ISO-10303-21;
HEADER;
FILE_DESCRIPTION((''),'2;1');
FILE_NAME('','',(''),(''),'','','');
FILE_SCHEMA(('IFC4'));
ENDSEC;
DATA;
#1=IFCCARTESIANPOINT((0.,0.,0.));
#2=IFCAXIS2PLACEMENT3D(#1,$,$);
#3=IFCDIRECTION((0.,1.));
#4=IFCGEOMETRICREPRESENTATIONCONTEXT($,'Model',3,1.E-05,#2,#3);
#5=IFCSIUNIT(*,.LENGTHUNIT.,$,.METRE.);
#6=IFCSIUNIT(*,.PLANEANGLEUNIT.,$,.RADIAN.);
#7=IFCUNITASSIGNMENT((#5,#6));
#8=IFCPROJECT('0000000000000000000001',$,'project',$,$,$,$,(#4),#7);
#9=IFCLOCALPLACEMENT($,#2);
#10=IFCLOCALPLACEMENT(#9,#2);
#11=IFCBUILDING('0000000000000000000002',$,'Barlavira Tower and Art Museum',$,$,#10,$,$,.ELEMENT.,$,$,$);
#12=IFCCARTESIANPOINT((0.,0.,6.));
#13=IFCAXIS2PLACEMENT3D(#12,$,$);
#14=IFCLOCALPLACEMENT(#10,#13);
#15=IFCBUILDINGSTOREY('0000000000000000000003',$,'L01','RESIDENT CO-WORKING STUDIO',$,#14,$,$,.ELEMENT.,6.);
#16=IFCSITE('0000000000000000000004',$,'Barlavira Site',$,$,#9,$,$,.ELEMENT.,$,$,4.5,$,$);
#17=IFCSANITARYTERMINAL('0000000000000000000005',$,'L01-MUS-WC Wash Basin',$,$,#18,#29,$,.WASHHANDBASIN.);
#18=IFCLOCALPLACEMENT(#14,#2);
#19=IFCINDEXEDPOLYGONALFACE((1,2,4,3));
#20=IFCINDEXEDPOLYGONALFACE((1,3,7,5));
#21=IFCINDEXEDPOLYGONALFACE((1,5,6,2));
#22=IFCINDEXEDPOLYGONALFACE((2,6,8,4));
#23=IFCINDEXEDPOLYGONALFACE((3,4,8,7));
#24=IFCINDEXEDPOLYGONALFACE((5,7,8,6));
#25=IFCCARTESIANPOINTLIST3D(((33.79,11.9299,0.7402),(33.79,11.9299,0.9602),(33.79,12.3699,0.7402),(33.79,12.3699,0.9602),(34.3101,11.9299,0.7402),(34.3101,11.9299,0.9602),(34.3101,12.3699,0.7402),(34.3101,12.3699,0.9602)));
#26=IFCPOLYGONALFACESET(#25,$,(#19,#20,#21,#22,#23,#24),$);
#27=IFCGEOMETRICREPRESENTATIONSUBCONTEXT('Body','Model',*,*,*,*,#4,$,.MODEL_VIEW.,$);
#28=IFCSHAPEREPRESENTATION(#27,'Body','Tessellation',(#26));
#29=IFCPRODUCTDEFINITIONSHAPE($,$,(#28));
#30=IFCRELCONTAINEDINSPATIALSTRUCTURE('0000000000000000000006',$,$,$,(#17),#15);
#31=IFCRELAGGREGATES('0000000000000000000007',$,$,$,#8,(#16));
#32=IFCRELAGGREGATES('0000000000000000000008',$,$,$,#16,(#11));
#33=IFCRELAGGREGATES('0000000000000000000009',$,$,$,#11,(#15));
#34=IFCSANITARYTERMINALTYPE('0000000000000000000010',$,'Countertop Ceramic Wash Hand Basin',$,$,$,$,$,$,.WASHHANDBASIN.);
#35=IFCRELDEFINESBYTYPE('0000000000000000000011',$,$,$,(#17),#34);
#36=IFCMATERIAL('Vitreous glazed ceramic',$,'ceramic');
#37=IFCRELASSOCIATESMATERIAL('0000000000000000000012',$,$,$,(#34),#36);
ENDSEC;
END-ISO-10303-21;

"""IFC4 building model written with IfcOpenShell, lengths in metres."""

from ifc_helpers import new_model, si_unit, direction, frame, origin, origin_2d, place, context, subcontext, project, spatial, rectangle, extrude, material, type_object, element, save


model = new_model("IFC4")

# Units and contexts
model_context = context("Model", 3, precision=1e-05, world=origin(), true_north=direction((0.0, 1.0)))
body_context = subcontext(model_context, "Body", "Model", "MODEL_VIEW")
ifc_project = project(units=[si_unit("LENGTHUNIT", "METRE"), si_unit("PLANEANGLEUNIT", "RADIAN")], contexts=[model_context])

# Site, building, storey
site_placement = place(None, origin())
site = spatial("IfcSite", under=ifc_project, at=site_placement, Name="Barlavira Site", CompositionType="ELEMENT", RefElevation=4.5)
building_placement = place(site_placement, origin())
building = spatial("IfcBuilding", under=site, at=building_placement, Name="Barlavira Tower and Art Museum", CompositionType="ELEMENT")
storey_placement = place(building_placement, frame((0.0, 0.0, 6.0)))
storey = spatial("IfcBuildingStorey", under=building, at=storey_placement, Name="L01", Description="RESIDENT CO-WORKING STUDIO", CompositionType="ELEMENT", Elevation=6.0)

# Sanitary terminal
ifc_material_1 = material(Name="Vitreous glazed ceramic", Category="ceramic")
sanitary_terminal_type = type_object("IfcSanitaryTerminalType", Name="Countertop Ceramic Wash Hand Basin", PredefinedType="WASHHANDBASIN", material=ifc_material_1)
sanitary_terminal_placement = place(storey_placement, frame((34.05, 12.1499, 0.7402), z_axis=(0.0, 0.0, 1.0), x_axis=(1.0, 0.0, 0.0)))
element("IfcSanitaryTerminal", 1, at=sanitary_terminal_placement, inside=storey, type_object=sanitary_terminal_type, Name="L01-MUS-WC Wash Basin", PredefinedType="WASHHANDBASIN", context=body_context, shape_type="SweptSolid", body=[
    extrude(rectangle(XDim=0.52, YDim=0.4399, at=origin_2d()), origin(), (0.0, 0.0, 1.0), 0.22),
])

save(model, "model.ifc")
